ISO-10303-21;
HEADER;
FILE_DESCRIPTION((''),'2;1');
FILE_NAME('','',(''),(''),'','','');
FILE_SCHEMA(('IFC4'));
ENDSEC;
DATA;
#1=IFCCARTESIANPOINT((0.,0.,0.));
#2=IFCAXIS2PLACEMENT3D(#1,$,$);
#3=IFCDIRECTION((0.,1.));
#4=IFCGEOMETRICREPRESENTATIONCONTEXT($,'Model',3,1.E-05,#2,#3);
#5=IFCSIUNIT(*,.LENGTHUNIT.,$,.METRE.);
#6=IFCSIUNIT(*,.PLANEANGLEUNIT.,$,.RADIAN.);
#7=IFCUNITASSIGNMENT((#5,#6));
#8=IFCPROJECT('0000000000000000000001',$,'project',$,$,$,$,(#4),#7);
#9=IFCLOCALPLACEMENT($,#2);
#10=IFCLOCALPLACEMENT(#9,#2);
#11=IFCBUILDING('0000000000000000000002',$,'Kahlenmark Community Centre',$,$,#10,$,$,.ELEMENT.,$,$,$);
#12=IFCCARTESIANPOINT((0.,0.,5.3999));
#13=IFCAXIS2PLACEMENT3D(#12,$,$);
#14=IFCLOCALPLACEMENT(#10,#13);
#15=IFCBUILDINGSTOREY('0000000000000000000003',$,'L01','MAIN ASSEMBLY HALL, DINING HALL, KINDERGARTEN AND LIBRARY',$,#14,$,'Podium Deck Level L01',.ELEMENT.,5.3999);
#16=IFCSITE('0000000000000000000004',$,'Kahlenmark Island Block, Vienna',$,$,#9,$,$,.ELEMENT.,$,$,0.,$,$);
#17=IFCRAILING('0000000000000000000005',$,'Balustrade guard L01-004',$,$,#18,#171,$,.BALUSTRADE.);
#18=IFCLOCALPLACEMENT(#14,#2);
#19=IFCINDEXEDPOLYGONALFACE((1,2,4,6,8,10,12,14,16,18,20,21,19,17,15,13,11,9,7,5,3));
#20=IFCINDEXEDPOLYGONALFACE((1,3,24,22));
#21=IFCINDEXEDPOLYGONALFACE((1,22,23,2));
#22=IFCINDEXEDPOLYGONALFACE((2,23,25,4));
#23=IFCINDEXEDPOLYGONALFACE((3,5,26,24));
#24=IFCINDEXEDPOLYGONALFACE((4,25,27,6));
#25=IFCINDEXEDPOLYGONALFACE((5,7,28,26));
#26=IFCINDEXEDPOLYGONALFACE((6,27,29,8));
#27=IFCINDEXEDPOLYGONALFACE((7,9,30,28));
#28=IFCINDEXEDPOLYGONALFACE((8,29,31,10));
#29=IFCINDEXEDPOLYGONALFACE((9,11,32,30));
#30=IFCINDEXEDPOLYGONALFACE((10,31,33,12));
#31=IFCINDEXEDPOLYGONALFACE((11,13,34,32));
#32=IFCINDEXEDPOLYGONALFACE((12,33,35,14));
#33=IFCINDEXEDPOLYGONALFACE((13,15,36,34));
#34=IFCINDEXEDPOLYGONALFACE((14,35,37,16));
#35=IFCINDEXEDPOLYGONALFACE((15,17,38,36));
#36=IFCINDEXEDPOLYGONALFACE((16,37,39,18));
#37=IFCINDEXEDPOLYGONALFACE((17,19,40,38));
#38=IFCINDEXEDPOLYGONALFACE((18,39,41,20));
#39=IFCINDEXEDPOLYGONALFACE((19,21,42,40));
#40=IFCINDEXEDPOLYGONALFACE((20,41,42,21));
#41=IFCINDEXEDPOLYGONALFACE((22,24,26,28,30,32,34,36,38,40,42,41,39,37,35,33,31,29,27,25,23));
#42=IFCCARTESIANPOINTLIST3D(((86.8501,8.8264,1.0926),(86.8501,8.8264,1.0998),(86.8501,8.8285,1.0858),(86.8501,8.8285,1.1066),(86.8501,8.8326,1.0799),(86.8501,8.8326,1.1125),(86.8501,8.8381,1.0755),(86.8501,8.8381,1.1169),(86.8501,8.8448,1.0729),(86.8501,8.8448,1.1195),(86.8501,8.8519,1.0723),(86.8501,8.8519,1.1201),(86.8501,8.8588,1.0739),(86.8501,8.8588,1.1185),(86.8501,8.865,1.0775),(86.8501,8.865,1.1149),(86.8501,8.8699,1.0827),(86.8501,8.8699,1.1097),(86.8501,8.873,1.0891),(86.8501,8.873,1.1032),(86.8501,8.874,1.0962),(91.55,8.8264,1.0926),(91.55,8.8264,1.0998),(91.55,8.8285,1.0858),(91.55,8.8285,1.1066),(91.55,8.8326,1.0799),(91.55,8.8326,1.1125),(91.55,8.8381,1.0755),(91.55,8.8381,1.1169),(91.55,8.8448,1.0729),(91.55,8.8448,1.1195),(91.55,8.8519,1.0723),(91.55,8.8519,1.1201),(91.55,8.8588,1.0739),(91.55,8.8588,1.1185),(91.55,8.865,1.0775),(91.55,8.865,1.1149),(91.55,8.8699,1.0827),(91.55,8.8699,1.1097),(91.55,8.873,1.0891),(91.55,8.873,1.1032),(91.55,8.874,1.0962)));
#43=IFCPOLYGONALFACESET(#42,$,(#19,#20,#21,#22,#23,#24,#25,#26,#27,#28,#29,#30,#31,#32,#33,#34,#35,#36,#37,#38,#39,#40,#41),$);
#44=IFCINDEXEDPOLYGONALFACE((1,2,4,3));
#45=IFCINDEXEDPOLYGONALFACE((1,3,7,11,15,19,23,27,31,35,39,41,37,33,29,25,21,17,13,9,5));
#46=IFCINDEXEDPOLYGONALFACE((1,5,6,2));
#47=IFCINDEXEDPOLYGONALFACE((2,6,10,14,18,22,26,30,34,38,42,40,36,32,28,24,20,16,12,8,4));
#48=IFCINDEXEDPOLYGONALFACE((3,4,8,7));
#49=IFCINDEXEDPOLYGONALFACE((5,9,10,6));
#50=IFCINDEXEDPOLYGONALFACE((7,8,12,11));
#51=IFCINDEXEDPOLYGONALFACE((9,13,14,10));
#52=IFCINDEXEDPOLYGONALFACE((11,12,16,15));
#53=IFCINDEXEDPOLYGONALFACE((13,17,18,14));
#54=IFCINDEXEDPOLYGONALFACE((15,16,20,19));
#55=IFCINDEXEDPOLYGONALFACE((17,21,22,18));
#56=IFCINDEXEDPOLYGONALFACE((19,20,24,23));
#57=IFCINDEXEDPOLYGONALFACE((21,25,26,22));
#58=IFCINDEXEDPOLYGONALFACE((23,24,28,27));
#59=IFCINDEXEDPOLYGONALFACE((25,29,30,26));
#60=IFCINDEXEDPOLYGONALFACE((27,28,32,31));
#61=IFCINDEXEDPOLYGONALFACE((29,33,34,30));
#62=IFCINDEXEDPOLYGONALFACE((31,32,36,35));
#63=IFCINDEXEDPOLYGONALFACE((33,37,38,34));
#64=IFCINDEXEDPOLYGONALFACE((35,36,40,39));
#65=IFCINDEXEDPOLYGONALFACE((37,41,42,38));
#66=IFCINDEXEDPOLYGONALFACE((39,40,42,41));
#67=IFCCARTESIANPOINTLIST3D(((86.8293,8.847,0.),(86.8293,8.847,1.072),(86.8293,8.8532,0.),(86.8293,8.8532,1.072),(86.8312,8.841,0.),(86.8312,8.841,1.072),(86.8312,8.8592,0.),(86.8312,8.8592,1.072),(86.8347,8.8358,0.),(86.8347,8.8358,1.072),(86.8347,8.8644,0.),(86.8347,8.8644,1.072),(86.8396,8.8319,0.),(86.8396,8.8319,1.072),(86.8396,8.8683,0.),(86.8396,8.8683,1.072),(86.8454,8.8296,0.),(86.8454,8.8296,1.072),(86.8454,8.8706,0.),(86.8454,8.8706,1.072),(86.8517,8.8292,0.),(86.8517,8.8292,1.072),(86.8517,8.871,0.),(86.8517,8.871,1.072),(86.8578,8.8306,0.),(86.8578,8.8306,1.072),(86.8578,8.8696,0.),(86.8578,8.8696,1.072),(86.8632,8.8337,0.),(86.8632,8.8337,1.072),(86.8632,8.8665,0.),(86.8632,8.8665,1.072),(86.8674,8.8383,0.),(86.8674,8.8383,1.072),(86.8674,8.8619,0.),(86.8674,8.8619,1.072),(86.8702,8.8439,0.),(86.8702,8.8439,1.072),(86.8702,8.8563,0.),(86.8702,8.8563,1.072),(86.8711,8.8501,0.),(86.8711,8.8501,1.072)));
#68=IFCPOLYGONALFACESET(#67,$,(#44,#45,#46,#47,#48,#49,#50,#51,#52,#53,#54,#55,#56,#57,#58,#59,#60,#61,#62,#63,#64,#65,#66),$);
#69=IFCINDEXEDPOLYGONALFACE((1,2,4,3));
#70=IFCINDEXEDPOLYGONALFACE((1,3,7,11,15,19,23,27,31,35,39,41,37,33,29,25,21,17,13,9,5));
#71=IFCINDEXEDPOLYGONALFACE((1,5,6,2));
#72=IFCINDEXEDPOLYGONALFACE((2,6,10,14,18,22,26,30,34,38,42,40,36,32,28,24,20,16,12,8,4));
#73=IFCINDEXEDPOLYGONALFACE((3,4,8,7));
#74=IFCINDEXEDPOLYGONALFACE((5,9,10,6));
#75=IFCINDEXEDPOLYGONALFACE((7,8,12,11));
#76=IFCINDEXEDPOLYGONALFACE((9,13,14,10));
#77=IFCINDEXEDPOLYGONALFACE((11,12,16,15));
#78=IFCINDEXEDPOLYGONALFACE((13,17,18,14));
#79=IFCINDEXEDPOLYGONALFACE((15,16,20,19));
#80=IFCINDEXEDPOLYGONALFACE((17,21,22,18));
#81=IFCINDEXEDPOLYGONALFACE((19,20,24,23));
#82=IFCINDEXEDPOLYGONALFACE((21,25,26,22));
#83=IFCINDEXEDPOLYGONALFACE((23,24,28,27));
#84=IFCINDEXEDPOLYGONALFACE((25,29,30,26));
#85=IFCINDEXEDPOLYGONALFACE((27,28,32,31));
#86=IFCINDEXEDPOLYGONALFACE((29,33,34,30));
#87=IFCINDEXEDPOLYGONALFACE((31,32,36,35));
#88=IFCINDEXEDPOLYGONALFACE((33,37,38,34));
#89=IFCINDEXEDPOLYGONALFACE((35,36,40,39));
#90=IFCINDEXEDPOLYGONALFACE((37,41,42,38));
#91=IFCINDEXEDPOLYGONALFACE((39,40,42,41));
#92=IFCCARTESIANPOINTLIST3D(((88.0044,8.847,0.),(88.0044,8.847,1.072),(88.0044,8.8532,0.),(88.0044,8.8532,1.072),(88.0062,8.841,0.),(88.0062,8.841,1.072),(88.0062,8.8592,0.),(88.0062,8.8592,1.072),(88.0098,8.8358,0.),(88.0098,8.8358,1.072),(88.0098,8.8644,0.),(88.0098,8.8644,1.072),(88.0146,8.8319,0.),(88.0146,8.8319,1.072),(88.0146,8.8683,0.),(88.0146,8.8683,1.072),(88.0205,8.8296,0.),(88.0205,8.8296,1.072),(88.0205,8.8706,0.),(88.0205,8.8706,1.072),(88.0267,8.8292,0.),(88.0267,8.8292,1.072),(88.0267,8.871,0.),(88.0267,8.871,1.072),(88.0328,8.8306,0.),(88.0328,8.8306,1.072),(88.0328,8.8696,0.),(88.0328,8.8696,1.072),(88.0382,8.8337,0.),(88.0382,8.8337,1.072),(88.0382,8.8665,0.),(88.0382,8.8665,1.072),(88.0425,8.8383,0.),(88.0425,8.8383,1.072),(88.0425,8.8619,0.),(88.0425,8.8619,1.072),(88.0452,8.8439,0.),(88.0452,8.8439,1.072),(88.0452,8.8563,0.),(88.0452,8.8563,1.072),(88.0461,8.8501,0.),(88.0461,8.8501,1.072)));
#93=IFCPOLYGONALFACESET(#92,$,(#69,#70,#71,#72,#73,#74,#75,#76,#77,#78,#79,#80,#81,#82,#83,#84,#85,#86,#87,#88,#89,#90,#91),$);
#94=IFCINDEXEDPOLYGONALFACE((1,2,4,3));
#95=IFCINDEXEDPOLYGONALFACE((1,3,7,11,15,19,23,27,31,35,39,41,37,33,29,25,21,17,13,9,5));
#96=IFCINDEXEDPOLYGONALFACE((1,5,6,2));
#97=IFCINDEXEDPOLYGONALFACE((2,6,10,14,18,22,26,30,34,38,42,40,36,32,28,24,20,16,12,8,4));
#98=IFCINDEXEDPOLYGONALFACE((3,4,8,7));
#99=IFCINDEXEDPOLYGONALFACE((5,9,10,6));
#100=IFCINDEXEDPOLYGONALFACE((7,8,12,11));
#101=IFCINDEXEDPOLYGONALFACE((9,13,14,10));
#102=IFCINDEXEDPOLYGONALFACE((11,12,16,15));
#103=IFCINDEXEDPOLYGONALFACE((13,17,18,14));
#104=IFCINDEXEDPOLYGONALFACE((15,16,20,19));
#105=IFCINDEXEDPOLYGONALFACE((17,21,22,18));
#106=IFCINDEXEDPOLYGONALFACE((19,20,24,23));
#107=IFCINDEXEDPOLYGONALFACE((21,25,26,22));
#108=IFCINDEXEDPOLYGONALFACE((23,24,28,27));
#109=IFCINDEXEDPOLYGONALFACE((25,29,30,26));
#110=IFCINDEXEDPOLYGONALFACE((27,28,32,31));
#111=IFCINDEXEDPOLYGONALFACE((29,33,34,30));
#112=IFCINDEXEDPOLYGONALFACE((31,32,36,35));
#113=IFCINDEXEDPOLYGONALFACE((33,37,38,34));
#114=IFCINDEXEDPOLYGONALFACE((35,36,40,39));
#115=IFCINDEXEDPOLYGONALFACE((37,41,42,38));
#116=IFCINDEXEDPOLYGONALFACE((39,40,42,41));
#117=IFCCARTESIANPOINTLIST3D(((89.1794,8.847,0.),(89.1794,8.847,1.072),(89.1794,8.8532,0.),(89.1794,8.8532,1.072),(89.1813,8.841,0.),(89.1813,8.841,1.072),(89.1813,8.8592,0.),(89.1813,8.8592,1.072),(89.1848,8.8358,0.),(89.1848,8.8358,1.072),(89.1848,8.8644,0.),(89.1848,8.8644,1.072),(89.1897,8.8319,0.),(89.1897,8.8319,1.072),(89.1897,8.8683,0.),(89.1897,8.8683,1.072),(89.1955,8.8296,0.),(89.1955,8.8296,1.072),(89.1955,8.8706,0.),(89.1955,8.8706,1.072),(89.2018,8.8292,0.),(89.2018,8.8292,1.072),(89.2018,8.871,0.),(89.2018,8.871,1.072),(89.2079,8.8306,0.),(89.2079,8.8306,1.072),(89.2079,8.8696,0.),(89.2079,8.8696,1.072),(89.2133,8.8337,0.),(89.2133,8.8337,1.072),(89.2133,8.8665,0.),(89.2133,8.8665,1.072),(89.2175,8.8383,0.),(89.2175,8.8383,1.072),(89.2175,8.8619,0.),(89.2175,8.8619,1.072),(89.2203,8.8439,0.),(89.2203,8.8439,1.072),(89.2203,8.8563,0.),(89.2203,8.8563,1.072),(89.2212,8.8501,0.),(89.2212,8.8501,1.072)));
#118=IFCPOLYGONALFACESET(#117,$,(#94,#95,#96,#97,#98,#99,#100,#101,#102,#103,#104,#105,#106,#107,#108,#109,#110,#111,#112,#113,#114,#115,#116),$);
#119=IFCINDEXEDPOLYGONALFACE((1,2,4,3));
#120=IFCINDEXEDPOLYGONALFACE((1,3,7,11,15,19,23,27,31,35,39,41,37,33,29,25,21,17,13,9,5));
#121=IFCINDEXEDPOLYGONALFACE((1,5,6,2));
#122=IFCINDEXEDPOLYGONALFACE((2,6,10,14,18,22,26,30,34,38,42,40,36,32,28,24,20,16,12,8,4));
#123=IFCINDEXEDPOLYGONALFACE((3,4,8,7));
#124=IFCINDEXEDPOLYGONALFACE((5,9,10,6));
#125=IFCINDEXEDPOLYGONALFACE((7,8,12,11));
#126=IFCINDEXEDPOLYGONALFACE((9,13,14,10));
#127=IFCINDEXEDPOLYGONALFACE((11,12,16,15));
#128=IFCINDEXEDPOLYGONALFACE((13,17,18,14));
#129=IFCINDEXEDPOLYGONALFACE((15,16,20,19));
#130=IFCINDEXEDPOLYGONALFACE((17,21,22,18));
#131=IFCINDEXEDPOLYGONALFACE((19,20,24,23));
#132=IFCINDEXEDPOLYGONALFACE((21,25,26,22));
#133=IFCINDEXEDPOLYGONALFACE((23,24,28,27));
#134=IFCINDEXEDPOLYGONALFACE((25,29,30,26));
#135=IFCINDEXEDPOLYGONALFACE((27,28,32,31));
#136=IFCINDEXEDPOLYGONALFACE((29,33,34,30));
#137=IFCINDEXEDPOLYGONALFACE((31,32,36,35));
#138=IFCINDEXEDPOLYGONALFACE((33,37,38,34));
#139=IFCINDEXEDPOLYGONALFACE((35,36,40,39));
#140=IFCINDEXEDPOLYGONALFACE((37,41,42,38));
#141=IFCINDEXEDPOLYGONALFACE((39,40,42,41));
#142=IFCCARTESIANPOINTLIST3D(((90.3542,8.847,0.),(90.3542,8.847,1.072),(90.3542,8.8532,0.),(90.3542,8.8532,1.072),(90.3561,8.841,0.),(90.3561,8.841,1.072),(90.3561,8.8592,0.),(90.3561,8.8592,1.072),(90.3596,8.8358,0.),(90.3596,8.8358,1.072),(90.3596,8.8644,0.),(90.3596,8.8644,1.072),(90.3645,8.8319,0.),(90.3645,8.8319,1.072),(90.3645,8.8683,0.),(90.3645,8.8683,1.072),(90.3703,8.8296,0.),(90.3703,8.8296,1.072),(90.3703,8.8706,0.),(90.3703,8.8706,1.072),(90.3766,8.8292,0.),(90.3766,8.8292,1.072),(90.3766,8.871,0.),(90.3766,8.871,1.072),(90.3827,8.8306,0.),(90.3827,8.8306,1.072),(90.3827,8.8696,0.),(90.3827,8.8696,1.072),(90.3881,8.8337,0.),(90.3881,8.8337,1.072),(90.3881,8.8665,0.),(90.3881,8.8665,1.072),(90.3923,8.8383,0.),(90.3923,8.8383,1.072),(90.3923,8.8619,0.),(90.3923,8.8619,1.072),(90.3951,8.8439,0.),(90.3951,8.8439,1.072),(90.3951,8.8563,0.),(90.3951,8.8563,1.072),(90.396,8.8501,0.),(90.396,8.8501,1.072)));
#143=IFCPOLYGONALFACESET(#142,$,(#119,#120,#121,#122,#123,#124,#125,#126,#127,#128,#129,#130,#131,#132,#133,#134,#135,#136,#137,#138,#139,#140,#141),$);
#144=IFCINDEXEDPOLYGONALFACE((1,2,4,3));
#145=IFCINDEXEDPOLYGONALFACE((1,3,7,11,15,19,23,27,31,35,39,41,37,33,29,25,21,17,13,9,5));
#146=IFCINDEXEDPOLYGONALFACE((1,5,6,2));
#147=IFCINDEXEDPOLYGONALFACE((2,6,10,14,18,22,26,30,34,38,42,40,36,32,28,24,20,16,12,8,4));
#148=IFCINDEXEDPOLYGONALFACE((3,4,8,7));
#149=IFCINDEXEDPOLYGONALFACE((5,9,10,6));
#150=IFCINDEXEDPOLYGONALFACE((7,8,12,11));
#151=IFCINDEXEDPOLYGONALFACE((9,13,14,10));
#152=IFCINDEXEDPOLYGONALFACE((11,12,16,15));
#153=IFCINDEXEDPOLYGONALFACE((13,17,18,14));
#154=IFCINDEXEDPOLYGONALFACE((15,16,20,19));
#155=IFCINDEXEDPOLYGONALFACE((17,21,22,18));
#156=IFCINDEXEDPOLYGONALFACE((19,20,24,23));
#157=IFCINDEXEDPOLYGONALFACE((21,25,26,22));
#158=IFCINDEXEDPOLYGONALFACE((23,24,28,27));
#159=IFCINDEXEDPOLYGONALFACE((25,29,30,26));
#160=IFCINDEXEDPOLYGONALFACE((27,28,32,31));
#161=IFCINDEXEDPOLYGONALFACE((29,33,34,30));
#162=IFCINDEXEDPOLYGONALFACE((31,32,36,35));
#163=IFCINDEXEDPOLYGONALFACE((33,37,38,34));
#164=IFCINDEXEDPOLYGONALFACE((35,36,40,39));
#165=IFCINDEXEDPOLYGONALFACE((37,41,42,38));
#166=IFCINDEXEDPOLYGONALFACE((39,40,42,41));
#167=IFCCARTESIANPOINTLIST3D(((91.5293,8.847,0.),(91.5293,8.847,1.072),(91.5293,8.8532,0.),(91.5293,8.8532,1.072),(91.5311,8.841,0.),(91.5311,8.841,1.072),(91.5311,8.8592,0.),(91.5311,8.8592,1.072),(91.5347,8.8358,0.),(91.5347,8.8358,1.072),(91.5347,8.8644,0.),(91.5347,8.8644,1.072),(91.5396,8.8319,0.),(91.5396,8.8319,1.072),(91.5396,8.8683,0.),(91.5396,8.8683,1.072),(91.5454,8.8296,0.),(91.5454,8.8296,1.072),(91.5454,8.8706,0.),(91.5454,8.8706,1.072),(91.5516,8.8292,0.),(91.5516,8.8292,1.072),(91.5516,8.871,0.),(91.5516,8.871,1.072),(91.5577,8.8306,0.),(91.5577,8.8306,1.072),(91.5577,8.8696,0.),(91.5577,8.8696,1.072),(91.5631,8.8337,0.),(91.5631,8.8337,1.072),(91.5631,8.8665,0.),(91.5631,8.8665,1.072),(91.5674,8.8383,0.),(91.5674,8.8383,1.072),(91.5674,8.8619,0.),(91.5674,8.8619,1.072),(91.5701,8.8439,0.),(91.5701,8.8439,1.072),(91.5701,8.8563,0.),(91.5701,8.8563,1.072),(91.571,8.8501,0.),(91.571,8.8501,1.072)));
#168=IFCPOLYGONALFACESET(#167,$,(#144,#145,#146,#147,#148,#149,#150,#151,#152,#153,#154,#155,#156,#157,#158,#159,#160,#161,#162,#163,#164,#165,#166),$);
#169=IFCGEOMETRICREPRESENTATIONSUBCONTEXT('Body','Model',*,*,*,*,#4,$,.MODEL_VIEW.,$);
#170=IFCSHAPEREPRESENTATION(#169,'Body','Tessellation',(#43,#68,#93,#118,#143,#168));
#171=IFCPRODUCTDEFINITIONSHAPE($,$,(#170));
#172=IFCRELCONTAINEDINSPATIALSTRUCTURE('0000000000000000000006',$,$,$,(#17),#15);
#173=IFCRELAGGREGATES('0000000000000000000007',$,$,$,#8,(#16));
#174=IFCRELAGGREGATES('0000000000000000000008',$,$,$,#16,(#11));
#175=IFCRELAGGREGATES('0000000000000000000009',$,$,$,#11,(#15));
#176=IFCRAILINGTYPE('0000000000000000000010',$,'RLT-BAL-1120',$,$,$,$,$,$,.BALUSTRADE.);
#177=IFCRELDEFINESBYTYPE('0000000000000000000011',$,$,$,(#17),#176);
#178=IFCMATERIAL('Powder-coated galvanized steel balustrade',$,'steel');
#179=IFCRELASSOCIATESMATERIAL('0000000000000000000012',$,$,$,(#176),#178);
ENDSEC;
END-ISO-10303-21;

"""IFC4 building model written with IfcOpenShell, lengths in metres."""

from ifc_helpers import new_model, si_unit, direction, frame, origin, origin_2d, place, context, subcontext, project, spatial, circle, extrude, material, type_object, element, save


model = new_model("IFC4")

# Units and contexts
model_context = context("Model", 3, precision=1e-05, world=origin(), true_north=direction((0.0, 1.0)))
body_context = subcontext(model_context, "Body", "Model", "MODEL_VIEW")
ifc_project = project(units=[si_unit("LENGTHUNIT", "METRE"), si_unit("PLANEANGLEUNIT", "RADIAN")], contexts=[model_context])

# Site, building, storey
site_placement = place(None, origin())
site = spatial("IfcSite", under=ifc_project, at=site_placement, Name="Kahlenmark Island Block, Vienna", CompositionType="ELEMENT", RefElevation=0.0)
building_placement = place(site_placement, origin())
building = spatial("IfcBuilding", under=site, at=building_placement, Name="Kahlenmark Community Centre", CompositionType="ELEMENT")
storey_placement = place(building_placement, frame((0.0, 0.0, 5.3999)))
storey = spatial("IfcBuildingStorey", under=building, at=storey_placement, Name="L01", Description="MAIN ASSEMBLY HALL, DINING HALL, KINDERGARTEN AND LIBRARY", LongName="Podium Deck Level L01", CompositionType="ELEMENT", Elevation=5.3999)

# Railing
ifc_material_1 = material(Name="Powder-coated galvanized steel balustrade", Category="steel")
railing_type = type_object("IfcRailingType", Name="RLT-BAL-1120", PredefinedType="BALUSTRADE", material=ifc_material_1)
railing_placement = place(storey_placement, frame((86.8501, 8.8501, 0.0)))
element("IfcRailing", 1, at=railing_placement, inside=storey, type_object=railing_type, Name="Balustrade guard L01-004", PredefinedType="BALUSTRADE", context=body_context, shape_type="SweptSolid", body=[
    extrude(circle(Radius=0.0239, at=origin_2d()), frame((0.0, 0.0, 1.0962), z_axis=(1.0, 0.0, 0.0), x_axis=(0.0, 1.0, 0.0)), (0.0, 0.0, 1.0), 4.7),
    extrude(circle(Radius=0.021, at=origin_2d()), origin(), (0.0, 0.0, 1.0), 1.072),
    extrude(circle(Radius=0.021, at=origin_2d()), frame((1.175, 0.0, 0.0)), (0.0, 0.0, 1.0), 1.072),
    extrude(circle(Radius=0.021, at=origin_2d()), frame((2.3501, 0.0, 0.0)), (0.0, 0.0, 1.0), 1.072),
    extrude(circle(Radius=0.021, at=origin_2d()), frame((3.5249, 0.0, 0.0)), (0.0, 0.0, 1.0), 1.072),
    extrude(circle(Radius=0.021, at=origin_2d()), frame((4.7, 0.0, 0.0)), (0.0, 0.0, 1.0), 1.072),
])

save(model, "model.ifc")
